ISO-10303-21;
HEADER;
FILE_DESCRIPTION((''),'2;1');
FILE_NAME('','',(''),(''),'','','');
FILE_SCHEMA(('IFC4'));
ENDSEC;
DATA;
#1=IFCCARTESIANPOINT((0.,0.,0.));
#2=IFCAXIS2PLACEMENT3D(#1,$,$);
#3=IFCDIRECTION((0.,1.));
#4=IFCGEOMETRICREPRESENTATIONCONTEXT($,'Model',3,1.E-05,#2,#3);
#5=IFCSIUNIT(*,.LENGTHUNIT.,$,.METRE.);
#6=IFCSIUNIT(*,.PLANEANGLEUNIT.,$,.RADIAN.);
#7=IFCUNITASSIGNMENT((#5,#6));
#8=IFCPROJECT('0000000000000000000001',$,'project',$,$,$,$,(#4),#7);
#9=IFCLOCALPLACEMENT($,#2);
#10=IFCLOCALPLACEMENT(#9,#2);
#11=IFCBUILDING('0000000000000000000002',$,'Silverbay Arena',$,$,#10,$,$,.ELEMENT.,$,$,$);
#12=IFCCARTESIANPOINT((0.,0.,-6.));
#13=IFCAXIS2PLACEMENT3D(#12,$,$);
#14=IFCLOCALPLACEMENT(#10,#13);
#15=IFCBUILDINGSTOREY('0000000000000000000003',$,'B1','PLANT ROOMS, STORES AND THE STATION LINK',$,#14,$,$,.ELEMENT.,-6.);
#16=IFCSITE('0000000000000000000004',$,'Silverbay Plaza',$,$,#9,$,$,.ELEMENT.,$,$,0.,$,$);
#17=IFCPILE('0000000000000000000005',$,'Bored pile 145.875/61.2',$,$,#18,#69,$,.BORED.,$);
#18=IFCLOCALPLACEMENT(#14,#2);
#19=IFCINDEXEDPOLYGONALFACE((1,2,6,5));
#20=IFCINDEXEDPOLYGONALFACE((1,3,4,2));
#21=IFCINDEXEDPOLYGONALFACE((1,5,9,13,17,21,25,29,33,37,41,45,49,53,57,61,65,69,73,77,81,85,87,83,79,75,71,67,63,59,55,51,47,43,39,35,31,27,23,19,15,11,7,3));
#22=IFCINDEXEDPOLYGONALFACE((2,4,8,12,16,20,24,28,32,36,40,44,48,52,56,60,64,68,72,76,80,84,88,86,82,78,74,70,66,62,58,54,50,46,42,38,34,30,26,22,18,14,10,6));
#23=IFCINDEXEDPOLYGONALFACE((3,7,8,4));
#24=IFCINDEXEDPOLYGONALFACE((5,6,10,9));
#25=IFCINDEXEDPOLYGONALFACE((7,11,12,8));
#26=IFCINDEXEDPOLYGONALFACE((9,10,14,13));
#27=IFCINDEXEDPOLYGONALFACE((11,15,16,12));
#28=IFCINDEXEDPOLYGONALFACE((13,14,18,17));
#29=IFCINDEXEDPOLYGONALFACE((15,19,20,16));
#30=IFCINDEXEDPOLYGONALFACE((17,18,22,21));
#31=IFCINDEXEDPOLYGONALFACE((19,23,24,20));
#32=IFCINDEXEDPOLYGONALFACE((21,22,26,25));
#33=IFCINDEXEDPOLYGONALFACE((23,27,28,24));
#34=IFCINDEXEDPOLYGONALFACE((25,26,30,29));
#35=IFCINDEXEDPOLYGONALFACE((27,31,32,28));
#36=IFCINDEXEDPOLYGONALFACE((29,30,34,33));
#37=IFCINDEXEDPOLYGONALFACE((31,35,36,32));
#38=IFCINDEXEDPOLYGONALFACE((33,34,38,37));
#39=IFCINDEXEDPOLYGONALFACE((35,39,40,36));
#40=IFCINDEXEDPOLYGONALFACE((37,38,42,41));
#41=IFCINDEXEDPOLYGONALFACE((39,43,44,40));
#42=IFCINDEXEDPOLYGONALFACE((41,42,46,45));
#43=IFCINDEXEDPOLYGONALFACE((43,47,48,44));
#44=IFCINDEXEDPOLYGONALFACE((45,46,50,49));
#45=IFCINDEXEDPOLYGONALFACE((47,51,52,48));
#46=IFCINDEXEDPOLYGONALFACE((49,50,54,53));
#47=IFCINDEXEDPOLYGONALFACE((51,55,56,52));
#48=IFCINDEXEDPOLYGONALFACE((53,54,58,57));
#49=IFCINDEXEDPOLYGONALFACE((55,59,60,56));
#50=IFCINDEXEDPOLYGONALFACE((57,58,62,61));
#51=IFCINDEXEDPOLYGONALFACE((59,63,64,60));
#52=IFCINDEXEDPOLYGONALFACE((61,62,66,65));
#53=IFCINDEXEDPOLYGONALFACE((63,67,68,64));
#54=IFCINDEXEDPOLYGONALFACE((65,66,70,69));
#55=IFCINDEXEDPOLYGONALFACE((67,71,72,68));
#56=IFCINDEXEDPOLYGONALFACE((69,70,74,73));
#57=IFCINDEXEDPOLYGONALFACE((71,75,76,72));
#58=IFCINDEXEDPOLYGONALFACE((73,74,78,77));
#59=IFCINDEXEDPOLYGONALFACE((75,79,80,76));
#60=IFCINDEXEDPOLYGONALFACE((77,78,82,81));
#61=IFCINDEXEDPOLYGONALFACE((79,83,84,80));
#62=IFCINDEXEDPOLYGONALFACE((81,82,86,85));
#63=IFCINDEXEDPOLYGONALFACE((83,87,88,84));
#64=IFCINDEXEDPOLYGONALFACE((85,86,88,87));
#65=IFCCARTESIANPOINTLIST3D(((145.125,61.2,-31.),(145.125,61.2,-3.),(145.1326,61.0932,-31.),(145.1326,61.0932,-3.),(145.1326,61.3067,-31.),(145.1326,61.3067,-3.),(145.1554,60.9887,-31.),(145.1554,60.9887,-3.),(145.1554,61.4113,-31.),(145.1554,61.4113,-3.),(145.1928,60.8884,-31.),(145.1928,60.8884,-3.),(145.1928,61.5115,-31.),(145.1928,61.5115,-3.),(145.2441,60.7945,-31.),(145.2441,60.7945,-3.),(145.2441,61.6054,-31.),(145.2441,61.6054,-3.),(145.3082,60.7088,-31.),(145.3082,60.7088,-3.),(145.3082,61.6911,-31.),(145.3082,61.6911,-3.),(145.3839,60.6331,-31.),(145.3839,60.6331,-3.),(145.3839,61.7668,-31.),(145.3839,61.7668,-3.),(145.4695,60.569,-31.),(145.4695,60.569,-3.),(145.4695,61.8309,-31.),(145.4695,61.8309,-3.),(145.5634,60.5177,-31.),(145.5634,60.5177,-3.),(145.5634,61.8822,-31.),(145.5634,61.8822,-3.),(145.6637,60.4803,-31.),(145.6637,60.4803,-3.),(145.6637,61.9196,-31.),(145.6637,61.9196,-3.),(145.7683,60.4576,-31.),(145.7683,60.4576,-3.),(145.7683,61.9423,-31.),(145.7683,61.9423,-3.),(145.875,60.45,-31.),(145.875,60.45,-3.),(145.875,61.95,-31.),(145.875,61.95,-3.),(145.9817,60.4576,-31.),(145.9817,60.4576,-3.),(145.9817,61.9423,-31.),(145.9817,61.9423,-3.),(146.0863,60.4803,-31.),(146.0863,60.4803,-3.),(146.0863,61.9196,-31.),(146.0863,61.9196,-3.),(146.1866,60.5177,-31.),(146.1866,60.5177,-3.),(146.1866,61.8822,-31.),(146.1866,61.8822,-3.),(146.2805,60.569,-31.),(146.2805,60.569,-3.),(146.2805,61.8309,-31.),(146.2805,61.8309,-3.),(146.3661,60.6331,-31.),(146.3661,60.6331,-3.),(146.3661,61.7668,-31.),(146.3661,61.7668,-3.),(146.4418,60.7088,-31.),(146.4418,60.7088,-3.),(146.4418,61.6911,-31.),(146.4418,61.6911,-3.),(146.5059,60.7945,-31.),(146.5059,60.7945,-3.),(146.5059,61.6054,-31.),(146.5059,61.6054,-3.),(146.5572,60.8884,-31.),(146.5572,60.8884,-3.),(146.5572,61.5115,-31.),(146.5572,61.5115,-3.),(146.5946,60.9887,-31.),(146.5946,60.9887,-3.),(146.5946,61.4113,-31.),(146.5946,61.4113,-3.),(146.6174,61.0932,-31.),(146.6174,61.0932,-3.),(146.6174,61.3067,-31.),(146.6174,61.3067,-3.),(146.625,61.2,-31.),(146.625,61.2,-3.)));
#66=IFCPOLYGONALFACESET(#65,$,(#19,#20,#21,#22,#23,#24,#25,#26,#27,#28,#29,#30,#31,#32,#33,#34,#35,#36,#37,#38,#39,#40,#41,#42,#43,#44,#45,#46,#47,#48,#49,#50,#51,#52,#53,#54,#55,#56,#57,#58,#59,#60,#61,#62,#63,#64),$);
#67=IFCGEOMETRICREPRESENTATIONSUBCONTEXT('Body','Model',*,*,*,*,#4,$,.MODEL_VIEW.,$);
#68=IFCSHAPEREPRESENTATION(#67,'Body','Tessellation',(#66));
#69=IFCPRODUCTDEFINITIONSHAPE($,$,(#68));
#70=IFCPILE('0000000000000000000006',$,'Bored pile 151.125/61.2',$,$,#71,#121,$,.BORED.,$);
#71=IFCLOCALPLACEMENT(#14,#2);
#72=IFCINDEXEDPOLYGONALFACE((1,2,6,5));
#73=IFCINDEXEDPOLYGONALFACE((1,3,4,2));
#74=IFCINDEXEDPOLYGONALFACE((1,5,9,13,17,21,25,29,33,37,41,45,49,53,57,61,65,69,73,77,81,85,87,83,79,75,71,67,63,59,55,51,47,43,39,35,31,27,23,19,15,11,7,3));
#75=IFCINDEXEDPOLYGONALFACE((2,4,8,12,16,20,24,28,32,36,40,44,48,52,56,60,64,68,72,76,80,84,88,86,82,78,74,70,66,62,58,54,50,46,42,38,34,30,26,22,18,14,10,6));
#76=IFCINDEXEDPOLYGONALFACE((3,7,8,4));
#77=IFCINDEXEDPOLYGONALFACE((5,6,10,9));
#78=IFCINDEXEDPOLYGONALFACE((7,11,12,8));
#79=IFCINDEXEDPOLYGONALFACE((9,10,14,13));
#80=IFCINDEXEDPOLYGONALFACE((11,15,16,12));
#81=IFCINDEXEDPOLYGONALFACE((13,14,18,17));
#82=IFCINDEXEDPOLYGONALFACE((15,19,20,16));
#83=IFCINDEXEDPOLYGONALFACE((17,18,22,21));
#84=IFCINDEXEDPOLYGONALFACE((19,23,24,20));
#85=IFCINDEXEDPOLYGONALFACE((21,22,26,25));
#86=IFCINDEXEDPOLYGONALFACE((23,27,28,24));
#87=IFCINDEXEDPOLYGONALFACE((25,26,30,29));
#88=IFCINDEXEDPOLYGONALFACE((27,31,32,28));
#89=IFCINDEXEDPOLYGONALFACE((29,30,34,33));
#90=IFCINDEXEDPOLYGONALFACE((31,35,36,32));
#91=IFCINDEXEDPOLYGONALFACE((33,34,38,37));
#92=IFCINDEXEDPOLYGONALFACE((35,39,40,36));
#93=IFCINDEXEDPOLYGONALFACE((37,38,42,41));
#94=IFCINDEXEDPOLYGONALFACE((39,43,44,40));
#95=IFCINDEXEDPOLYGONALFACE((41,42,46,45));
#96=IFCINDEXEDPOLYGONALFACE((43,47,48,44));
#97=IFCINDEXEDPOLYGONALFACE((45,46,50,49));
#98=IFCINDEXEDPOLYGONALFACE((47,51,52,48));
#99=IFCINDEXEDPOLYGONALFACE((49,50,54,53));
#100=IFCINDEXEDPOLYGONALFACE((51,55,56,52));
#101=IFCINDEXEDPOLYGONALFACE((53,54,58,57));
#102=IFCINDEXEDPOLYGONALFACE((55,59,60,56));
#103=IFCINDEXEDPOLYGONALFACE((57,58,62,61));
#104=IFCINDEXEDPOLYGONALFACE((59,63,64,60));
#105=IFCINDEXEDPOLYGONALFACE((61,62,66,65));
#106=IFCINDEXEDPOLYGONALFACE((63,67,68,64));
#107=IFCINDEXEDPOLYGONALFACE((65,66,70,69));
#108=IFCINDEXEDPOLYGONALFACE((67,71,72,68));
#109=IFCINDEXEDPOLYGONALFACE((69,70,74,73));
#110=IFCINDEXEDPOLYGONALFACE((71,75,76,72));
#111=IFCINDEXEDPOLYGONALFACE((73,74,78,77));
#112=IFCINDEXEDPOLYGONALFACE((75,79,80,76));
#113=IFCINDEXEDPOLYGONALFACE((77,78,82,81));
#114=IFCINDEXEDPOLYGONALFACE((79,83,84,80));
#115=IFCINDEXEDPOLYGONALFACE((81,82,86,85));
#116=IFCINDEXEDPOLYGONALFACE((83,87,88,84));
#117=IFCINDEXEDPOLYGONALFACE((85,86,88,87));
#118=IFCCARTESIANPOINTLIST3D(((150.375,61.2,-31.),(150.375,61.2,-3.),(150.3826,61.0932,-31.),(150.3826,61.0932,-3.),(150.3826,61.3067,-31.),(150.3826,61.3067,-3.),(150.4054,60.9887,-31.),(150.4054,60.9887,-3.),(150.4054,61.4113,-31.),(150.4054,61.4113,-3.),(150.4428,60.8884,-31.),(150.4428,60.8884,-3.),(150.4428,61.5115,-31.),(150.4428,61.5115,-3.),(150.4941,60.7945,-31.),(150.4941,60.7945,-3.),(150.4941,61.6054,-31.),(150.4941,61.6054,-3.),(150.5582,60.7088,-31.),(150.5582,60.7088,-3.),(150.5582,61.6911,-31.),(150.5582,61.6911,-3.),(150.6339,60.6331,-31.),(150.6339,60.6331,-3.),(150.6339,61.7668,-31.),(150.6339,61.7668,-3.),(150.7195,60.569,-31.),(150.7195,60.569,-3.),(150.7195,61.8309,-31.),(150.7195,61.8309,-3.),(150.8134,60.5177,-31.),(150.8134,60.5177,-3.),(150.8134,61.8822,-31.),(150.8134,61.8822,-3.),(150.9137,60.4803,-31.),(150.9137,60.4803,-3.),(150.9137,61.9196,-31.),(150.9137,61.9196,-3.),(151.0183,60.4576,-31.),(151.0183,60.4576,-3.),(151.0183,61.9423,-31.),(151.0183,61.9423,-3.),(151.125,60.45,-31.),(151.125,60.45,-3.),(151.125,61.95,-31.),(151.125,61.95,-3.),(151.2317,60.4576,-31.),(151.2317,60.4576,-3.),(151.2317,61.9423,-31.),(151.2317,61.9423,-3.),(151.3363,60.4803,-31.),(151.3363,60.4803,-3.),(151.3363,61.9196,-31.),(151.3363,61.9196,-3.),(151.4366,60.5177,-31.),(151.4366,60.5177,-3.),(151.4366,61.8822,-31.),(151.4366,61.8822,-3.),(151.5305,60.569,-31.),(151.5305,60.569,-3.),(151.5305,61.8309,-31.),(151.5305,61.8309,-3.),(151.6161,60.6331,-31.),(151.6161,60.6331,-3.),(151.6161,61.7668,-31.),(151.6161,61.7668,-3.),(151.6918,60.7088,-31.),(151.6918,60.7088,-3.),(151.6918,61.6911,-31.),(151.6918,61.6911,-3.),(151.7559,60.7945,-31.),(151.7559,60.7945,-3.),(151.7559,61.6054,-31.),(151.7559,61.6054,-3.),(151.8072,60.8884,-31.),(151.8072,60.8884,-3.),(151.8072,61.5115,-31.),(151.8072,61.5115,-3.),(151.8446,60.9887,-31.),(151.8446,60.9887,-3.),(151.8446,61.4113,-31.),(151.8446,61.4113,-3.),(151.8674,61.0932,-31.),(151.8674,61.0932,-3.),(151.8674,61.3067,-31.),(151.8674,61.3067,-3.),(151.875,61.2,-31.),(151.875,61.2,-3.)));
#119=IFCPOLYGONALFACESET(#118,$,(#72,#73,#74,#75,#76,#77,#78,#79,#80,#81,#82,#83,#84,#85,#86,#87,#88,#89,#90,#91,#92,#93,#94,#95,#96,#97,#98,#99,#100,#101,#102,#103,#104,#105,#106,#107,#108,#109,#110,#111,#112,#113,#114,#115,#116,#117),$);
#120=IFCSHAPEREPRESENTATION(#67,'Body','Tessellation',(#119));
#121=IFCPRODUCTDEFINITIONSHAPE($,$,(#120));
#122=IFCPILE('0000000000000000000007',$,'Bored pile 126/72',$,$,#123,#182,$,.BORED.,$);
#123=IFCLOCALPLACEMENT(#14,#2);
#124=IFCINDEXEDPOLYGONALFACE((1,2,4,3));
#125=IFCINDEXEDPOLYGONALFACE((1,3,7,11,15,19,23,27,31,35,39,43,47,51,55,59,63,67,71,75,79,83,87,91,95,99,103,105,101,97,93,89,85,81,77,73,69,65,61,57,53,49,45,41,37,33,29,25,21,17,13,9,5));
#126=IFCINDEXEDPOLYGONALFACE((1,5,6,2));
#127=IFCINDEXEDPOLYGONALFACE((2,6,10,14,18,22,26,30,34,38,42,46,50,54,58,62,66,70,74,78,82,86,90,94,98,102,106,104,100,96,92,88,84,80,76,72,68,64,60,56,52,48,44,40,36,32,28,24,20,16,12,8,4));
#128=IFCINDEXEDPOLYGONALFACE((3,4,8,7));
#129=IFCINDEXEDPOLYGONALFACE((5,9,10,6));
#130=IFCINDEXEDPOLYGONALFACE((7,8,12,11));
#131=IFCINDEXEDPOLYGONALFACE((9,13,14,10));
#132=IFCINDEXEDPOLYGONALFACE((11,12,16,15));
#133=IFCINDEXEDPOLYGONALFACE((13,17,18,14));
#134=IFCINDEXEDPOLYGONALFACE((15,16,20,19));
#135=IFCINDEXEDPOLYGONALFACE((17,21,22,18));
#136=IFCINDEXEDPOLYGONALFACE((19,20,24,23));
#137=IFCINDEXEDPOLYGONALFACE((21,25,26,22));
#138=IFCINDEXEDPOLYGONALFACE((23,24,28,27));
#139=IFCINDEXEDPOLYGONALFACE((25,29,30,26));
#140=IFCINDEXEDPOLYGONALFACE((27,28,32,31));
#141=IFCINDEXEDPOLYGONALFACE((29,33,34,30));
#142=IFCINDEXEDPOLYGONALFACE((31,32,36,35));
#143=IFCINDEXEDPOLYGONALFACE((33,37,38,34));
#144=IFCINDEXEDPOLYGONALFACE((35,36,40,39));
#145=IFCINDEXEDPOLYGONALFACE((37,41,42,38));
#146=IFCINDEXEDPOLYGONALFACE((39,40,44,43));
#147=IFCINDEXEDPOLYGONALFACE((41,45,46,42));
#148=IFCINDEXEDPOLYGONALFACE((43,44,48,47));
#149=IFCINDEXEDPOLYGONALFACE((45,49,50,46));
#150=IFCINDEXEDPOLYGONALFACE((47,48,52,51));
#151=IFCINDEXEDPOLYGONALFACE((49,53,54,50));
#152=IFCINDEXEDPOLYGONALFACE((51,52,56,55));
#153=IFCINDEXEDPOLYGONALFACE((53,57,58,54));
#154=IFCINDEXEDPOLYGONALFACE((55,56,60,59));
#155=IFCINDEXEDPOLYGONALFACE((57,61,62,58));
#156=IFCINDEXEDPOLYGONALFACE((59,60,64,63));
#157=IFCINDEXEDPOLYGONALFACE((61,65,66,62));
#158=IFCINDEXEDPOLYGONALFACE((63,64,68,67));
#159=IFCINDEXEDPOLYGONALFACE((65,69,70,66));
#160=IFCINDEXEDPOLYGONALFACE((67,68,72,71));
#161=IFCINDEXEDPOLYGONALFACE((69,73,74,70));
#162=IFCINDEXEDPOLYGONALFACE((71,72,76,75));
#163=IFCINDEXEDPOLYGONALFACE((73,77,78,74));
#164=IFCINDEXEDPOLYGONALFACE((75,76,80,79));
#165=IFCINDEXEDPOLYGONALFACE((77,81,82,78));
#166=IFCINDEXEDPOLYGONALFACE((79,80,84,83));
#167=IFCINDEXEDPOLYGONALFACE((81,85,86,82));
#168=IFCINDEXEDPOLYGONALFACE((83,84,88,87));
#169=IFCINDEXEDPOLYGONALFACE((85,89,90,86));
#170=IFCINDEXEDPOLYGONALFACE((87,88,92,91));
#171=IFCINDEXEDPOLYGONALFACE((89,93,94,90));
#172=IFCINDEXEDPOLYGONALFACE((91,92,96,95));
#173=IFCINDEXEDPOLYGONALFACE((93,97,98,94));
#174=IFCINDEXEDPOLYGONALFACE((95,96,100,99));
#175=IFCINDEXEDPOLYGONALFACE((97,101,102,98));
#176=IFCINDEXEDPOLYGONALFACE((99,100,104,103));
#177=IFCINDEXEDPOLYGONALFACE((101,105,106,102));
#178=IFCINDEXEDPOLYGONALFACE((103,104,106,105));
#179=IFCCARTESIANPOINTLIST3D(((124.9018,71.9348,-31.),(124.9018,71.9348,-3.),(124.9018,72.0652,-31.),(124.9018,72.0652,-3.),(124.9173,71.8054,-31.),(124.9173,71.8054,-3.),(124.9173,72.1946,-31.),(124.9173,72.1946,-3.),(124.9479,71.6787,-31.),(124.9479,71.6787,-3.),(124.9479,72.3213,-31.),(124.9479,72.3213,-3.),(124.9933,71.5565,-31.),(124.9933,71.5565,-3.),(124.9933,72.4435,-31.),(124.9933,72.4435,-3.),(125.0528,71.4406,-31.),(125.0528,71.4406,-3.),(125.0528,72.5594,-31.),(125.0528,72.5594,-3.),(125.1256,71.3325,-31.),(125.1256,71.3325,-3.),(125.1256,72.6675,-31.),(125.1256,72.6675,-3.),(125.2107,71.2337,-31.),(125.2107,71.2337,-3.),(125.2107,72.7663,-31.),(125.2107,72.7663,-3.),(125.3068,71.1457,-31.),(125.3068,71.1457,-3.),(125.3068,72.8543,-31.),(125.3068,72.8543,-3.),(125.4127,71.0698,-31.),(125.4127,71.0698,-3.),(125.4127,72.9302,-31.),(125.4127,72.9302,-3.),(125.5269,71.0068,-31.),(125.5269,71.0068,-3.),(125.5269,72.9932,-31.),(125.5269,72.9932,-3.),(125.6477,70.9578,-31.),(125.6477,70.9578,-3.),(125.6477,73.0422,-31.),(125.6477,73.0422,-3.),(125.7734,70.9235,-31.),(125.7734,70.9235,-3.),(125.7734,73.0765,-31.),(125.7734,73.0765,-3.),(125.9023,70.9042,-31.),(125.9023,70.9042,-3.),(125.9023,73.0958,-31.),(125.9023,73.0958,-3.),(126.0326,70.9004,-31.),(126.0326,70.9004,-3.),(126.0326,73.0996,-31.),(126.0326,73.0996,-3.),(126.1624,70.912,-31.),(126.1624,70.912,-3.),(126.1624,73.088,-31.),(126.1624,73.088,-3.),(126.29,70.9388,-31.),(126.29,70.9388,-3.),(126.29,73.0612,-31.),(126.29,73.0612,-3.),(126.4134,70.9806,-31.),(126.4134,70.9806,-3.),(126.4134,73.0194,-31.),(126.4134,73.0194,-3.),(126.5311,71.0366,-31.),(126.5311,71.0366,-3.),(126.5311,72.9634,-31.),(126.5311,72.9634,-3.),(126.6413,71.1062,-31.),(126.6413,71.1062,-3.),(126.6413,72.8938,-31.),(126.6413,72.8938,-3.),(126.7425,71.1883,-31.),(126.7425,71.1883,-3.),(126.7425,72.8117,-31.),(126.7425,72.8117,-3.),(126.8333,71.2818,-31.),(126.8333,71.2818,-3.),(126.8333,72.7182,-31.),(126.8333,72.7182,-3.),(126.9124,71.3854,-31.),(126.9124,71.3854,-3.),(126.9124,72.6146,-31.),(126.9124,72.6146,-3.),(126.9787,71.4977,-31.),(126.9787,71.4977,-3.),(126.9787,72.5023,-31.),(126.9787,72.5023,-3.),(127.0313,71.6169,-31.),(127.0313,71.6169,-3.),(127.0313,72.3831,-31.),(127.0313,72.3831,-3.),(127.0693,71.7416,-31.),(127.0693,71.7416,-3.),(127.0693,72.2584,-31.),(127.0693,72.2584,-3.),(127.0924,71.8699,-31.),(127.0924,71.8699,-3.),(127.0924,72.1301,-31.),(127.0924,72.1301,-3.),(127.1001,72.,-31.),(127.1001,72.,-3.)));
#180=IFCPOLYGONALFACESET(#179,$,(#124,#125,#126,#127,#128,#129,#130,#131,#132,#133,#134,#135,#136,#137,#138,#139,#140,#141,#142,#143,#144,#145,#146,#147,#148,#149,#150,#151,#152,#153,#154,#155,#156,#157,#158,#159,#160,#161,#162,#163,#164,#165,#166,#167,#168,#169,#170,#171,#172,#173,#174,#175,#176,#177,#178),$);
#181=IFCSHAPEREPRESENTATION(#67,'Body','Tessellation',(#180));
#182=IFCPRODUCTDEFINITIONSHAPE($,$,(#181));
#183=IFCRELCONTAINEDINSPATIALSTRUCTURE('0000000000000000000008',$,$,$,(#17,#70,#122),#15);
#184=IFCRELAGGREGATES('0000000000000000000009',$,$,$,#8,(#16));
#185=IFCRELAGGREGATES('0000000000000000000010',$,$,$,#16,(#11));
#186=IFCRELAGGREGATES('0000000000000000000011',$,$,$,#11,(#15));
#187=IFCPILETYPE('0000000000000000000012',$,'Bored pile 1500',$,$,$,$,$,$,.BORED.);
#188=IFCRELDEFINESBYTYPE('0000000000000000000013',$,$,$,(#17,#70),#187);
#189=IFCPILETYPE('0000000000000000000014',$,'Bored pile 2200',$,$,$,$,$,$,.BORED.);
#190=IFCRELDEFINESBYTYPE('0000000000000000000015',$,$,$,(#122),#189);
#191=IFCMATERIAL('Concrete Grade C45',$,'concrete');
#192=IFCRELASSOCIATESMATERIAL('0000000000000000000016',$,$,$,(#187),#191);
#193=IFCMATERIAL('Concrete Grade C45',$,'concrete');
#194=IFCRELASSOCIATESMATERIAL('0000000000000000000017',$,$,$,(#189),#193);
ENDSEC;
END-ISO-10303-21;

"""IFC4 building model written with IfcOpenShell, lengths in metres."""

from ifc_helpers import new_model, si_unit, direction, frame, origin, origin_2d, place, context, subcontext, project, spatial, circle, extrude, material, material_profile, profile_set, type_object, element, save


model = new_model("IFC4")

# Units and contexts
model_context = context("Model", 3, precision=1e-05, world=origin(), true_north=direction((0.0, 1.0)))
body_context = subcontext(model_context, "Body", "Model", "MODEL_VIEW")
ifc_project = project(units=[si_unit("LENGTHUNIT", "METRE"), si_unit("PLANEANGLEUNIT", "RADIAN")], contexts=[model_context])

# Site, building, storey
site_placement = place(None, origin())
site = spatial("IfcSite", under=ifc_project, at=site_placement, Name="Silverbay Plaza", CompositionType="ELEMENT", RefElevation=0.0)
building_placement = place(site_placement, origin())
building = spatial("IfcBuilding", under=site, at=building_placement, Name="Silverbay Arena", CompositionType="ELEMENT")
storey_placement = place(building_placement, frame((0.0, 0.0, -6.0)))
storey = spatial("IfcBuildingStorey", under=building, at=storey_placement, Name="B1", Description="PLANT ROOMS, STORES AND THE STATION LINK", CompositionType="ELEMENT", Elevation=-6.0)

# Piles
ifc_material_1 = material(Name="Concrete Grade C45", Category="concrete")
ifc_material_profile_1 = material_profile(ifc_material_1, circle(Radius=0.75, at=origin_2d()), Name="Bored pile 1500")
ifc_profile_set_1 = profile_set([ifc_material_profile_1], Name="Concrete Grade C45")
pile_type_1 = type_object("IfcPileType", Name="Bored pile 1500", PredefinedType="BORED", material=ifc_profile_set_1)
for number, where, z_axis, x_axis, name in (
    (1, (145.875, 61.2, -3.0), (0.0, 0.0, -1.0), (1.0, 0.0, 0.0), "Bored pile 145.875/61.2"),
    (2, (151.125, 61.2, -3.0), (0.0, 0.0, -1.0), (1.0, 0.0, 0.0), "Bored pile 151.125/61.2"),
):
    element("IfcPile", number, at=place(storey_placement, frame(where, z_axis=z_axis, x_axis=x_axis)), inside=storey, type_object=pile_type_1, Name=name, PredefinedType="BORED", context=body_context, shape_type="SweptSolid", body=[
        extrude(circle(Radius=0.75, at=origin_2d()), origin(), (0.0, 0.0, 1.0), 28.0),
    ])
ifc_material_2 = material(Name="Concrete Grade C45", Category="concrete")
ifc_material_profile_2 = material_profile(ifc_material_2, circle(Radius=1.1001, at=origin_2d()), Name="Bored pile 2200")
ifc_profile_set_2 = profile_set([ifc_material_profile_2], Name="Concrete Grade C45")
pile_type_2 = type_object("IfcPileType", Name="Bored pile 2200", PredefinedType="BORED", material=ifc_profile_set_2)
for number, where, z_axis, x_axis, name in (
    (3, (126.0, 72.0, -3.0), (0.0, 0.0, -1.0), (1.0, 0.0, 0.0), "Bored pile 126/72"),
):
    element("IfcPile", number, at=place(storey_placement, frame(where, z_axis=z_axis, x_axis=x_axis)), inside=storey, type_object=pile_type_2, Name=name, PredefinedType="BORED", context=body_context, shape_type="SweptSolid", body=[
        extrude(circle(Radius=1.1001, at=origin_2d()), origin(), (0.0, 0.0, 1.0), 28.0),
    ])

save(model, "model.ifc")
